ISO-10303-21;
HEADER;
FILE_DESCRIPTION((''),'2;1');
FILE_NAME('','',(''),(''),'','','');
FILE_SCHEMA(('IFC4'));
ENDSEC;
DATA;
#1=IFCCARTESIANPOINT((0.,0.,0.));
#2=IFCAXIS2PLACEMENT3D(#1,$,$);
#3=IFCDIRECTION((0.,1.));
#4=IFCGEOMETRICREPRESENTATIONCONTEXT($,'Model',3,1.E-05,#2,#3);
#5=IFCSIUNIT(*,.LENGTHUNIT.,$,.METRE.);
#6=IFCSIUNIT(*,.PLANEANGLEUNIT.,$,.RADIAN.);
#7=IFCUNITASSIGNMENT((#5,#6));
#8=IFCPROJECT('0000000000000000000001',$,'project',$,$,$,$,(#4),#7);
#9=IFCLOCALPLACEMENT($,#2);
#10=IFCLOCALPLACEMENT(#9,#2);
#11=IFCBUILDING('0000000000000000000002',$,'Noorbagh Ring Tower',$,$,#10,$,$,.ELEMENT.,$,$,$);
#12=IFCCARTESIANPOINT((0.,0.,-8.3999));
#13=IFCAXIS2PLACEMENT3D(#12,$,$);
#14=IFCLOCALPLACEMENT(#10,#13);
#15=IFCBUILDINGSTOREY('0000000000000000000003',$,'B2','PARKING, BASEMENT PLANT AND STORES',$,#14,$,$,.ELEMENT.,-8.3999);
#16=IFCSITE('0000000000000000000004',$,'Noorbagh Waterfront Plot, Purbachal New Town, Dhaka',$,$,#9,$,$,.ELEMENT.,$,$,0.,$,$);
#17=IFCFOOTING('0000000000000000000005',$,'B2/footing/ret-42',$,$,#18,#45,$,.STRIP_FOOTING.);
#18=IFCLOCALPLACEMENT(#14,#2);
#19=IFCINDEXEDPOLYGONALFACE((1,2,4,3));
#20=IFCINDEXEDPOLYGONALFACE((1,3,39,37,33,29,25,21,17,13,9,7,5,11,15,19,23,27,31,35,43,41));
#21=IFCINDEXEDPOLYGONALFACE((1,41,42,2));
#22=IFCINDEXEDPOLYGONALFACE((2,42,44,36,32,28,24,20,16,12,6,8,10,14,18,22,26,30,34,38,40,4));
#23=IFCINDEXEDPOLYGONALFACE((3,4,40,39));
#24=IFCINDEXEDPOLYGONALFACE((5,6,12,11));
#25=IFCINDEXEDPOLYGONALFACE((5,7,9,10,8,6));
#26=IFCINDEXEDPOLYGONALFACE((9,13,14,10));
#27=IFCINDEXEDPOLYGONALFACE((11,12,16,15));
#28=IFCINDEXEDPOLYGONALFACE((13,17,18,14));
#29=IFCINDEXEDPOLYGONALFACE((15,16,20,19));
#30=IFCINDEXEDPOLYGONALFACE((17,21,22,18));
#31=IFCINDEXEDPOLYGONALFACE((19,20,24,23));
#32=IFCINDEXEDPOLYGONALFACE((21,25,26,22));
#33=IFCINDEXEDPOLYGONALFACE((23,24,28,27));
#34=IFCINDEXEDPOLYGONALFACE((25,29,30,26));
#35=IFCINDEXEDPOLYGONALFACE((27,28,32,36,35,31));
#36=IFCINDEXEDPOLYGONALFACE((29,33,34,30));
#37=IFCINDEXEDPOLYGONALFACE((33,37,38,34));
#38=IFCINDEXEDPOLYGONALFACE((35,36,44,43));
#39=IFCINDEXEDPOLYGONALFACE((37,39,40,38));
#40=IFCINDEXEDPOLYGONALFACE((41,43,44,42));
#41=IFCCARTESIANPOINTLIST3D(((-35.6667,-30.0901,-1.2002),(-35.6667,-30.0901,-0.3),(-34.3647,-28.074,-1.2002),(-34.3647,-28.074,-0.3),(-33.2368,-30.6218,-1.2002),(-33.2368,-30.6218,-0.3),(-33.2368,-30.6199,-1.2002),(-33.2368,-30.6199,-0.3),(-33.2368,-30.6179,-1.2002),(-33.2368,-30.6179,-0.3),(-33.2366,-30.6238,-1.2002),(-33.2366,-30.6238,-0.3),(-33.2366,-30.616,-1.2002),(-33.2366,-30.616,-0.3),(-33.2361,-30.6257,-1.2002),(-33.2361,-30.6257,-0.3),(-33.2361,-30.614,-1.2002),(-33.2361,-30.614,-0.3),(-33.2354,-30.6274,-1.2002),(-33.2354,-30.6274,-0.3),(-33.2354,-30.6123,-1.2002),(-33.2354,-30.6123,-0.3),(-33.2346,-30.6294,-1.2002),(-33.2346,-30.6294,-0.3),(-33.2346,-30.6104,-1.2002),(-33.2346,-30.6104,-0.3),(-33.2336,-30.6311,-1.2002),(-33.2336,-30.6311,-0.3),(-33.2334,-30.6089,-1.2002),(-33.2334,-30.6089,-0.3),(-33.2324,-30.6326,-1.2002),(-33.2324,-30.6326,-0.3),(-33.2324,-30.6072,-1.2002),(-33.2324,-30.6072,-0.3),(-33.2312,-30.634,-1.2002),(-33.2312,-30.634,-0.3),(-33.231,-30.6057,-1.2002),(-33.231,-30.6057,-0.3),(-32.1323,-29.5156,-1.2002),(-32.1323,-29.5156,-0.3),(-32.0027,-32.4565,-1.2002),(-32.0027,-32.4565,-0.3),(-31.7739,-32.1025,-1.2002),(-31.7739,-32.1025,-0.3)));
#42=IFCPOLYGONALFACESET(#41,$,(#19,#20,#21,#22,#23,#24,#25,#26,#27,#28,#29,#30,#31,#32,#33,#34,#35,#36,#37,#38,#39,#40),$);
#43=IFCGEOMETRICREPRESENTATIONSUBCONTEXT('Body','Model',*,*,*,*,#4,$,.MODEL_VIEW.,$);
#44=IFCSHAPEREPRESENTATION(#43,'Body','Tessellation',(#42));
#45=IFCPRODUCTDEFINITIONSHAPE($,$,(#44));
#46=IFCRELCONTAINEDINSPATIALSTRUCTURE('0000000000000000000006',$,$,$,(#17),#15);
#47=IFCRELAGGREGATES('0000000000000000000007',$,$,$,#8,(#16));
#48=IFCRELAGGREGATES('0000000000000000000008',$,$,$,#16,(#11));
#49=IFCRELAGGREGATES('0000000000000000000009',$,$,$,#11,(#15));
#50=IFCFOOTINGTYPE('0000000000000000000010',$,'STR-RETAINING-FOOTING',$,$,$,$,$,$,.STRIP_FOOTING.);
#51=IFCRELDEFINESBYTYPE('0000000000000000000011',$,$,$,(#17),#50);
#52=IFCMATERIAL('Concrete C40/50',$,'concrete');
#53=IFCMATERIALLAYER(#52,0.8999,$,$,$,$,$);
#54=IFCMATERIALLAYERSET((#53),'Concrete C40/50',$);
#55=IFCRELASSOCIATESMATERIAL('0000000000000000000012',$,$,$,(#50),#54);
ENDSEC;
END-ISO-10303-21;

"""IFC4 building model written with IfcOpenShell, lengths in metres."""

from ifc_helpers import new_model, si_unit, direction, frame, origin, place, context, subcontext, project, spatial, polyline, outline, extrude, material, layer, layer_set, type_object, element, save


model = new_model("IFC4")

# Units and contexts
model_context = context("Model", 3, precision=1e-05, world=origin(), true_north=direction((0.0, 1.0)))
body_context = subcontext(model_context, "Body", "Model", "MODEL_VIEW")
ifc_project = project(units=[si_unit("LENGTHUNIT", "METRE"), si_unit("PLANEANGLEUNIT", "RADIAN")], contexts=[model_context])

# Site, building, storey
site_placement = place(None, origin())
site = spatial("IfcSite", under=ifc_project, at=site_placement, Name="Noorbagh Waterfront Plot, Purbachal New Town, Dhaka", CompositionType="ELEMENT", RefElevation=0.0)
building_placement = place(site_placement, origin())
building = spatial("IfcBuilding", under=site, at=building_placement, Name="Noorbagh Ring Tower", CompositionType="ELEMENT")
storey_placement = place(building_placement, frame((0.0, 0.0, -8.3999)))
storey = spatial("IfcBuildingStorey", under=building, at=storey_placement, Name="B2", Description="PARKING, BASEMENT PLANT AND STORES", CompositionType="ELEMENT", Elevation=-8.3999)

# Footing
ifc_material_1 = material(Name="Concrete C40/50", Category="concrete")
ifc_layer = layer(ifc_material_1, 0.8999)
ifc_layer_set = layer_set([ifc_layer], Name="Concrete C40/50")
footing_type = type_object("IfcFootingType", Name="STR-RETAINING-FOOTING", PredefinedType="STRIP_FOOTING", material=ifc_layer_set)
footing_1_placement = place(storey_placement, frame((0.0, 0.0, -1.2002)))
element("IfcFooting", 1, at=footing_1_placement, inside=storey, type_object=footing_type, Name="B2/footing/ret-42", PredefinedType="STRIP_FOOTING", context=body_context, shape_type="SweptSolid", body=[
    extrude(outline(polyline([(-32.0027, -32.4565), (-35.6667, -30.0901), (-34.3647, -28.074), (-32.1323, -29.5156), (-33.231, -30.6057), (-33.2324, -30.6072), (-33.2334, -30.6089), (-33.2346, -30.6104), (-33.2354, -30.6123), (-33.2361, -30.614), (-33.2366, -30.616), (-33.2368, -30.6179), (-33.2368, -30.6199), (-33.2368, -30.6218), (-33.2366, -30.6238), (-33.2361, -30.6257), (-33.2354, -30.6274), (-33.2346, -30.6294), (-33.2336, -30.6311), (-33.2324, -30.6326), (-33.2312, -30.634), (-31.7739, -32.1025), (-32.0027, -32.4565)])), origin(), (0.0, 0.0, 1.0), 0.9001),
])

save(model, "model.ifc")
